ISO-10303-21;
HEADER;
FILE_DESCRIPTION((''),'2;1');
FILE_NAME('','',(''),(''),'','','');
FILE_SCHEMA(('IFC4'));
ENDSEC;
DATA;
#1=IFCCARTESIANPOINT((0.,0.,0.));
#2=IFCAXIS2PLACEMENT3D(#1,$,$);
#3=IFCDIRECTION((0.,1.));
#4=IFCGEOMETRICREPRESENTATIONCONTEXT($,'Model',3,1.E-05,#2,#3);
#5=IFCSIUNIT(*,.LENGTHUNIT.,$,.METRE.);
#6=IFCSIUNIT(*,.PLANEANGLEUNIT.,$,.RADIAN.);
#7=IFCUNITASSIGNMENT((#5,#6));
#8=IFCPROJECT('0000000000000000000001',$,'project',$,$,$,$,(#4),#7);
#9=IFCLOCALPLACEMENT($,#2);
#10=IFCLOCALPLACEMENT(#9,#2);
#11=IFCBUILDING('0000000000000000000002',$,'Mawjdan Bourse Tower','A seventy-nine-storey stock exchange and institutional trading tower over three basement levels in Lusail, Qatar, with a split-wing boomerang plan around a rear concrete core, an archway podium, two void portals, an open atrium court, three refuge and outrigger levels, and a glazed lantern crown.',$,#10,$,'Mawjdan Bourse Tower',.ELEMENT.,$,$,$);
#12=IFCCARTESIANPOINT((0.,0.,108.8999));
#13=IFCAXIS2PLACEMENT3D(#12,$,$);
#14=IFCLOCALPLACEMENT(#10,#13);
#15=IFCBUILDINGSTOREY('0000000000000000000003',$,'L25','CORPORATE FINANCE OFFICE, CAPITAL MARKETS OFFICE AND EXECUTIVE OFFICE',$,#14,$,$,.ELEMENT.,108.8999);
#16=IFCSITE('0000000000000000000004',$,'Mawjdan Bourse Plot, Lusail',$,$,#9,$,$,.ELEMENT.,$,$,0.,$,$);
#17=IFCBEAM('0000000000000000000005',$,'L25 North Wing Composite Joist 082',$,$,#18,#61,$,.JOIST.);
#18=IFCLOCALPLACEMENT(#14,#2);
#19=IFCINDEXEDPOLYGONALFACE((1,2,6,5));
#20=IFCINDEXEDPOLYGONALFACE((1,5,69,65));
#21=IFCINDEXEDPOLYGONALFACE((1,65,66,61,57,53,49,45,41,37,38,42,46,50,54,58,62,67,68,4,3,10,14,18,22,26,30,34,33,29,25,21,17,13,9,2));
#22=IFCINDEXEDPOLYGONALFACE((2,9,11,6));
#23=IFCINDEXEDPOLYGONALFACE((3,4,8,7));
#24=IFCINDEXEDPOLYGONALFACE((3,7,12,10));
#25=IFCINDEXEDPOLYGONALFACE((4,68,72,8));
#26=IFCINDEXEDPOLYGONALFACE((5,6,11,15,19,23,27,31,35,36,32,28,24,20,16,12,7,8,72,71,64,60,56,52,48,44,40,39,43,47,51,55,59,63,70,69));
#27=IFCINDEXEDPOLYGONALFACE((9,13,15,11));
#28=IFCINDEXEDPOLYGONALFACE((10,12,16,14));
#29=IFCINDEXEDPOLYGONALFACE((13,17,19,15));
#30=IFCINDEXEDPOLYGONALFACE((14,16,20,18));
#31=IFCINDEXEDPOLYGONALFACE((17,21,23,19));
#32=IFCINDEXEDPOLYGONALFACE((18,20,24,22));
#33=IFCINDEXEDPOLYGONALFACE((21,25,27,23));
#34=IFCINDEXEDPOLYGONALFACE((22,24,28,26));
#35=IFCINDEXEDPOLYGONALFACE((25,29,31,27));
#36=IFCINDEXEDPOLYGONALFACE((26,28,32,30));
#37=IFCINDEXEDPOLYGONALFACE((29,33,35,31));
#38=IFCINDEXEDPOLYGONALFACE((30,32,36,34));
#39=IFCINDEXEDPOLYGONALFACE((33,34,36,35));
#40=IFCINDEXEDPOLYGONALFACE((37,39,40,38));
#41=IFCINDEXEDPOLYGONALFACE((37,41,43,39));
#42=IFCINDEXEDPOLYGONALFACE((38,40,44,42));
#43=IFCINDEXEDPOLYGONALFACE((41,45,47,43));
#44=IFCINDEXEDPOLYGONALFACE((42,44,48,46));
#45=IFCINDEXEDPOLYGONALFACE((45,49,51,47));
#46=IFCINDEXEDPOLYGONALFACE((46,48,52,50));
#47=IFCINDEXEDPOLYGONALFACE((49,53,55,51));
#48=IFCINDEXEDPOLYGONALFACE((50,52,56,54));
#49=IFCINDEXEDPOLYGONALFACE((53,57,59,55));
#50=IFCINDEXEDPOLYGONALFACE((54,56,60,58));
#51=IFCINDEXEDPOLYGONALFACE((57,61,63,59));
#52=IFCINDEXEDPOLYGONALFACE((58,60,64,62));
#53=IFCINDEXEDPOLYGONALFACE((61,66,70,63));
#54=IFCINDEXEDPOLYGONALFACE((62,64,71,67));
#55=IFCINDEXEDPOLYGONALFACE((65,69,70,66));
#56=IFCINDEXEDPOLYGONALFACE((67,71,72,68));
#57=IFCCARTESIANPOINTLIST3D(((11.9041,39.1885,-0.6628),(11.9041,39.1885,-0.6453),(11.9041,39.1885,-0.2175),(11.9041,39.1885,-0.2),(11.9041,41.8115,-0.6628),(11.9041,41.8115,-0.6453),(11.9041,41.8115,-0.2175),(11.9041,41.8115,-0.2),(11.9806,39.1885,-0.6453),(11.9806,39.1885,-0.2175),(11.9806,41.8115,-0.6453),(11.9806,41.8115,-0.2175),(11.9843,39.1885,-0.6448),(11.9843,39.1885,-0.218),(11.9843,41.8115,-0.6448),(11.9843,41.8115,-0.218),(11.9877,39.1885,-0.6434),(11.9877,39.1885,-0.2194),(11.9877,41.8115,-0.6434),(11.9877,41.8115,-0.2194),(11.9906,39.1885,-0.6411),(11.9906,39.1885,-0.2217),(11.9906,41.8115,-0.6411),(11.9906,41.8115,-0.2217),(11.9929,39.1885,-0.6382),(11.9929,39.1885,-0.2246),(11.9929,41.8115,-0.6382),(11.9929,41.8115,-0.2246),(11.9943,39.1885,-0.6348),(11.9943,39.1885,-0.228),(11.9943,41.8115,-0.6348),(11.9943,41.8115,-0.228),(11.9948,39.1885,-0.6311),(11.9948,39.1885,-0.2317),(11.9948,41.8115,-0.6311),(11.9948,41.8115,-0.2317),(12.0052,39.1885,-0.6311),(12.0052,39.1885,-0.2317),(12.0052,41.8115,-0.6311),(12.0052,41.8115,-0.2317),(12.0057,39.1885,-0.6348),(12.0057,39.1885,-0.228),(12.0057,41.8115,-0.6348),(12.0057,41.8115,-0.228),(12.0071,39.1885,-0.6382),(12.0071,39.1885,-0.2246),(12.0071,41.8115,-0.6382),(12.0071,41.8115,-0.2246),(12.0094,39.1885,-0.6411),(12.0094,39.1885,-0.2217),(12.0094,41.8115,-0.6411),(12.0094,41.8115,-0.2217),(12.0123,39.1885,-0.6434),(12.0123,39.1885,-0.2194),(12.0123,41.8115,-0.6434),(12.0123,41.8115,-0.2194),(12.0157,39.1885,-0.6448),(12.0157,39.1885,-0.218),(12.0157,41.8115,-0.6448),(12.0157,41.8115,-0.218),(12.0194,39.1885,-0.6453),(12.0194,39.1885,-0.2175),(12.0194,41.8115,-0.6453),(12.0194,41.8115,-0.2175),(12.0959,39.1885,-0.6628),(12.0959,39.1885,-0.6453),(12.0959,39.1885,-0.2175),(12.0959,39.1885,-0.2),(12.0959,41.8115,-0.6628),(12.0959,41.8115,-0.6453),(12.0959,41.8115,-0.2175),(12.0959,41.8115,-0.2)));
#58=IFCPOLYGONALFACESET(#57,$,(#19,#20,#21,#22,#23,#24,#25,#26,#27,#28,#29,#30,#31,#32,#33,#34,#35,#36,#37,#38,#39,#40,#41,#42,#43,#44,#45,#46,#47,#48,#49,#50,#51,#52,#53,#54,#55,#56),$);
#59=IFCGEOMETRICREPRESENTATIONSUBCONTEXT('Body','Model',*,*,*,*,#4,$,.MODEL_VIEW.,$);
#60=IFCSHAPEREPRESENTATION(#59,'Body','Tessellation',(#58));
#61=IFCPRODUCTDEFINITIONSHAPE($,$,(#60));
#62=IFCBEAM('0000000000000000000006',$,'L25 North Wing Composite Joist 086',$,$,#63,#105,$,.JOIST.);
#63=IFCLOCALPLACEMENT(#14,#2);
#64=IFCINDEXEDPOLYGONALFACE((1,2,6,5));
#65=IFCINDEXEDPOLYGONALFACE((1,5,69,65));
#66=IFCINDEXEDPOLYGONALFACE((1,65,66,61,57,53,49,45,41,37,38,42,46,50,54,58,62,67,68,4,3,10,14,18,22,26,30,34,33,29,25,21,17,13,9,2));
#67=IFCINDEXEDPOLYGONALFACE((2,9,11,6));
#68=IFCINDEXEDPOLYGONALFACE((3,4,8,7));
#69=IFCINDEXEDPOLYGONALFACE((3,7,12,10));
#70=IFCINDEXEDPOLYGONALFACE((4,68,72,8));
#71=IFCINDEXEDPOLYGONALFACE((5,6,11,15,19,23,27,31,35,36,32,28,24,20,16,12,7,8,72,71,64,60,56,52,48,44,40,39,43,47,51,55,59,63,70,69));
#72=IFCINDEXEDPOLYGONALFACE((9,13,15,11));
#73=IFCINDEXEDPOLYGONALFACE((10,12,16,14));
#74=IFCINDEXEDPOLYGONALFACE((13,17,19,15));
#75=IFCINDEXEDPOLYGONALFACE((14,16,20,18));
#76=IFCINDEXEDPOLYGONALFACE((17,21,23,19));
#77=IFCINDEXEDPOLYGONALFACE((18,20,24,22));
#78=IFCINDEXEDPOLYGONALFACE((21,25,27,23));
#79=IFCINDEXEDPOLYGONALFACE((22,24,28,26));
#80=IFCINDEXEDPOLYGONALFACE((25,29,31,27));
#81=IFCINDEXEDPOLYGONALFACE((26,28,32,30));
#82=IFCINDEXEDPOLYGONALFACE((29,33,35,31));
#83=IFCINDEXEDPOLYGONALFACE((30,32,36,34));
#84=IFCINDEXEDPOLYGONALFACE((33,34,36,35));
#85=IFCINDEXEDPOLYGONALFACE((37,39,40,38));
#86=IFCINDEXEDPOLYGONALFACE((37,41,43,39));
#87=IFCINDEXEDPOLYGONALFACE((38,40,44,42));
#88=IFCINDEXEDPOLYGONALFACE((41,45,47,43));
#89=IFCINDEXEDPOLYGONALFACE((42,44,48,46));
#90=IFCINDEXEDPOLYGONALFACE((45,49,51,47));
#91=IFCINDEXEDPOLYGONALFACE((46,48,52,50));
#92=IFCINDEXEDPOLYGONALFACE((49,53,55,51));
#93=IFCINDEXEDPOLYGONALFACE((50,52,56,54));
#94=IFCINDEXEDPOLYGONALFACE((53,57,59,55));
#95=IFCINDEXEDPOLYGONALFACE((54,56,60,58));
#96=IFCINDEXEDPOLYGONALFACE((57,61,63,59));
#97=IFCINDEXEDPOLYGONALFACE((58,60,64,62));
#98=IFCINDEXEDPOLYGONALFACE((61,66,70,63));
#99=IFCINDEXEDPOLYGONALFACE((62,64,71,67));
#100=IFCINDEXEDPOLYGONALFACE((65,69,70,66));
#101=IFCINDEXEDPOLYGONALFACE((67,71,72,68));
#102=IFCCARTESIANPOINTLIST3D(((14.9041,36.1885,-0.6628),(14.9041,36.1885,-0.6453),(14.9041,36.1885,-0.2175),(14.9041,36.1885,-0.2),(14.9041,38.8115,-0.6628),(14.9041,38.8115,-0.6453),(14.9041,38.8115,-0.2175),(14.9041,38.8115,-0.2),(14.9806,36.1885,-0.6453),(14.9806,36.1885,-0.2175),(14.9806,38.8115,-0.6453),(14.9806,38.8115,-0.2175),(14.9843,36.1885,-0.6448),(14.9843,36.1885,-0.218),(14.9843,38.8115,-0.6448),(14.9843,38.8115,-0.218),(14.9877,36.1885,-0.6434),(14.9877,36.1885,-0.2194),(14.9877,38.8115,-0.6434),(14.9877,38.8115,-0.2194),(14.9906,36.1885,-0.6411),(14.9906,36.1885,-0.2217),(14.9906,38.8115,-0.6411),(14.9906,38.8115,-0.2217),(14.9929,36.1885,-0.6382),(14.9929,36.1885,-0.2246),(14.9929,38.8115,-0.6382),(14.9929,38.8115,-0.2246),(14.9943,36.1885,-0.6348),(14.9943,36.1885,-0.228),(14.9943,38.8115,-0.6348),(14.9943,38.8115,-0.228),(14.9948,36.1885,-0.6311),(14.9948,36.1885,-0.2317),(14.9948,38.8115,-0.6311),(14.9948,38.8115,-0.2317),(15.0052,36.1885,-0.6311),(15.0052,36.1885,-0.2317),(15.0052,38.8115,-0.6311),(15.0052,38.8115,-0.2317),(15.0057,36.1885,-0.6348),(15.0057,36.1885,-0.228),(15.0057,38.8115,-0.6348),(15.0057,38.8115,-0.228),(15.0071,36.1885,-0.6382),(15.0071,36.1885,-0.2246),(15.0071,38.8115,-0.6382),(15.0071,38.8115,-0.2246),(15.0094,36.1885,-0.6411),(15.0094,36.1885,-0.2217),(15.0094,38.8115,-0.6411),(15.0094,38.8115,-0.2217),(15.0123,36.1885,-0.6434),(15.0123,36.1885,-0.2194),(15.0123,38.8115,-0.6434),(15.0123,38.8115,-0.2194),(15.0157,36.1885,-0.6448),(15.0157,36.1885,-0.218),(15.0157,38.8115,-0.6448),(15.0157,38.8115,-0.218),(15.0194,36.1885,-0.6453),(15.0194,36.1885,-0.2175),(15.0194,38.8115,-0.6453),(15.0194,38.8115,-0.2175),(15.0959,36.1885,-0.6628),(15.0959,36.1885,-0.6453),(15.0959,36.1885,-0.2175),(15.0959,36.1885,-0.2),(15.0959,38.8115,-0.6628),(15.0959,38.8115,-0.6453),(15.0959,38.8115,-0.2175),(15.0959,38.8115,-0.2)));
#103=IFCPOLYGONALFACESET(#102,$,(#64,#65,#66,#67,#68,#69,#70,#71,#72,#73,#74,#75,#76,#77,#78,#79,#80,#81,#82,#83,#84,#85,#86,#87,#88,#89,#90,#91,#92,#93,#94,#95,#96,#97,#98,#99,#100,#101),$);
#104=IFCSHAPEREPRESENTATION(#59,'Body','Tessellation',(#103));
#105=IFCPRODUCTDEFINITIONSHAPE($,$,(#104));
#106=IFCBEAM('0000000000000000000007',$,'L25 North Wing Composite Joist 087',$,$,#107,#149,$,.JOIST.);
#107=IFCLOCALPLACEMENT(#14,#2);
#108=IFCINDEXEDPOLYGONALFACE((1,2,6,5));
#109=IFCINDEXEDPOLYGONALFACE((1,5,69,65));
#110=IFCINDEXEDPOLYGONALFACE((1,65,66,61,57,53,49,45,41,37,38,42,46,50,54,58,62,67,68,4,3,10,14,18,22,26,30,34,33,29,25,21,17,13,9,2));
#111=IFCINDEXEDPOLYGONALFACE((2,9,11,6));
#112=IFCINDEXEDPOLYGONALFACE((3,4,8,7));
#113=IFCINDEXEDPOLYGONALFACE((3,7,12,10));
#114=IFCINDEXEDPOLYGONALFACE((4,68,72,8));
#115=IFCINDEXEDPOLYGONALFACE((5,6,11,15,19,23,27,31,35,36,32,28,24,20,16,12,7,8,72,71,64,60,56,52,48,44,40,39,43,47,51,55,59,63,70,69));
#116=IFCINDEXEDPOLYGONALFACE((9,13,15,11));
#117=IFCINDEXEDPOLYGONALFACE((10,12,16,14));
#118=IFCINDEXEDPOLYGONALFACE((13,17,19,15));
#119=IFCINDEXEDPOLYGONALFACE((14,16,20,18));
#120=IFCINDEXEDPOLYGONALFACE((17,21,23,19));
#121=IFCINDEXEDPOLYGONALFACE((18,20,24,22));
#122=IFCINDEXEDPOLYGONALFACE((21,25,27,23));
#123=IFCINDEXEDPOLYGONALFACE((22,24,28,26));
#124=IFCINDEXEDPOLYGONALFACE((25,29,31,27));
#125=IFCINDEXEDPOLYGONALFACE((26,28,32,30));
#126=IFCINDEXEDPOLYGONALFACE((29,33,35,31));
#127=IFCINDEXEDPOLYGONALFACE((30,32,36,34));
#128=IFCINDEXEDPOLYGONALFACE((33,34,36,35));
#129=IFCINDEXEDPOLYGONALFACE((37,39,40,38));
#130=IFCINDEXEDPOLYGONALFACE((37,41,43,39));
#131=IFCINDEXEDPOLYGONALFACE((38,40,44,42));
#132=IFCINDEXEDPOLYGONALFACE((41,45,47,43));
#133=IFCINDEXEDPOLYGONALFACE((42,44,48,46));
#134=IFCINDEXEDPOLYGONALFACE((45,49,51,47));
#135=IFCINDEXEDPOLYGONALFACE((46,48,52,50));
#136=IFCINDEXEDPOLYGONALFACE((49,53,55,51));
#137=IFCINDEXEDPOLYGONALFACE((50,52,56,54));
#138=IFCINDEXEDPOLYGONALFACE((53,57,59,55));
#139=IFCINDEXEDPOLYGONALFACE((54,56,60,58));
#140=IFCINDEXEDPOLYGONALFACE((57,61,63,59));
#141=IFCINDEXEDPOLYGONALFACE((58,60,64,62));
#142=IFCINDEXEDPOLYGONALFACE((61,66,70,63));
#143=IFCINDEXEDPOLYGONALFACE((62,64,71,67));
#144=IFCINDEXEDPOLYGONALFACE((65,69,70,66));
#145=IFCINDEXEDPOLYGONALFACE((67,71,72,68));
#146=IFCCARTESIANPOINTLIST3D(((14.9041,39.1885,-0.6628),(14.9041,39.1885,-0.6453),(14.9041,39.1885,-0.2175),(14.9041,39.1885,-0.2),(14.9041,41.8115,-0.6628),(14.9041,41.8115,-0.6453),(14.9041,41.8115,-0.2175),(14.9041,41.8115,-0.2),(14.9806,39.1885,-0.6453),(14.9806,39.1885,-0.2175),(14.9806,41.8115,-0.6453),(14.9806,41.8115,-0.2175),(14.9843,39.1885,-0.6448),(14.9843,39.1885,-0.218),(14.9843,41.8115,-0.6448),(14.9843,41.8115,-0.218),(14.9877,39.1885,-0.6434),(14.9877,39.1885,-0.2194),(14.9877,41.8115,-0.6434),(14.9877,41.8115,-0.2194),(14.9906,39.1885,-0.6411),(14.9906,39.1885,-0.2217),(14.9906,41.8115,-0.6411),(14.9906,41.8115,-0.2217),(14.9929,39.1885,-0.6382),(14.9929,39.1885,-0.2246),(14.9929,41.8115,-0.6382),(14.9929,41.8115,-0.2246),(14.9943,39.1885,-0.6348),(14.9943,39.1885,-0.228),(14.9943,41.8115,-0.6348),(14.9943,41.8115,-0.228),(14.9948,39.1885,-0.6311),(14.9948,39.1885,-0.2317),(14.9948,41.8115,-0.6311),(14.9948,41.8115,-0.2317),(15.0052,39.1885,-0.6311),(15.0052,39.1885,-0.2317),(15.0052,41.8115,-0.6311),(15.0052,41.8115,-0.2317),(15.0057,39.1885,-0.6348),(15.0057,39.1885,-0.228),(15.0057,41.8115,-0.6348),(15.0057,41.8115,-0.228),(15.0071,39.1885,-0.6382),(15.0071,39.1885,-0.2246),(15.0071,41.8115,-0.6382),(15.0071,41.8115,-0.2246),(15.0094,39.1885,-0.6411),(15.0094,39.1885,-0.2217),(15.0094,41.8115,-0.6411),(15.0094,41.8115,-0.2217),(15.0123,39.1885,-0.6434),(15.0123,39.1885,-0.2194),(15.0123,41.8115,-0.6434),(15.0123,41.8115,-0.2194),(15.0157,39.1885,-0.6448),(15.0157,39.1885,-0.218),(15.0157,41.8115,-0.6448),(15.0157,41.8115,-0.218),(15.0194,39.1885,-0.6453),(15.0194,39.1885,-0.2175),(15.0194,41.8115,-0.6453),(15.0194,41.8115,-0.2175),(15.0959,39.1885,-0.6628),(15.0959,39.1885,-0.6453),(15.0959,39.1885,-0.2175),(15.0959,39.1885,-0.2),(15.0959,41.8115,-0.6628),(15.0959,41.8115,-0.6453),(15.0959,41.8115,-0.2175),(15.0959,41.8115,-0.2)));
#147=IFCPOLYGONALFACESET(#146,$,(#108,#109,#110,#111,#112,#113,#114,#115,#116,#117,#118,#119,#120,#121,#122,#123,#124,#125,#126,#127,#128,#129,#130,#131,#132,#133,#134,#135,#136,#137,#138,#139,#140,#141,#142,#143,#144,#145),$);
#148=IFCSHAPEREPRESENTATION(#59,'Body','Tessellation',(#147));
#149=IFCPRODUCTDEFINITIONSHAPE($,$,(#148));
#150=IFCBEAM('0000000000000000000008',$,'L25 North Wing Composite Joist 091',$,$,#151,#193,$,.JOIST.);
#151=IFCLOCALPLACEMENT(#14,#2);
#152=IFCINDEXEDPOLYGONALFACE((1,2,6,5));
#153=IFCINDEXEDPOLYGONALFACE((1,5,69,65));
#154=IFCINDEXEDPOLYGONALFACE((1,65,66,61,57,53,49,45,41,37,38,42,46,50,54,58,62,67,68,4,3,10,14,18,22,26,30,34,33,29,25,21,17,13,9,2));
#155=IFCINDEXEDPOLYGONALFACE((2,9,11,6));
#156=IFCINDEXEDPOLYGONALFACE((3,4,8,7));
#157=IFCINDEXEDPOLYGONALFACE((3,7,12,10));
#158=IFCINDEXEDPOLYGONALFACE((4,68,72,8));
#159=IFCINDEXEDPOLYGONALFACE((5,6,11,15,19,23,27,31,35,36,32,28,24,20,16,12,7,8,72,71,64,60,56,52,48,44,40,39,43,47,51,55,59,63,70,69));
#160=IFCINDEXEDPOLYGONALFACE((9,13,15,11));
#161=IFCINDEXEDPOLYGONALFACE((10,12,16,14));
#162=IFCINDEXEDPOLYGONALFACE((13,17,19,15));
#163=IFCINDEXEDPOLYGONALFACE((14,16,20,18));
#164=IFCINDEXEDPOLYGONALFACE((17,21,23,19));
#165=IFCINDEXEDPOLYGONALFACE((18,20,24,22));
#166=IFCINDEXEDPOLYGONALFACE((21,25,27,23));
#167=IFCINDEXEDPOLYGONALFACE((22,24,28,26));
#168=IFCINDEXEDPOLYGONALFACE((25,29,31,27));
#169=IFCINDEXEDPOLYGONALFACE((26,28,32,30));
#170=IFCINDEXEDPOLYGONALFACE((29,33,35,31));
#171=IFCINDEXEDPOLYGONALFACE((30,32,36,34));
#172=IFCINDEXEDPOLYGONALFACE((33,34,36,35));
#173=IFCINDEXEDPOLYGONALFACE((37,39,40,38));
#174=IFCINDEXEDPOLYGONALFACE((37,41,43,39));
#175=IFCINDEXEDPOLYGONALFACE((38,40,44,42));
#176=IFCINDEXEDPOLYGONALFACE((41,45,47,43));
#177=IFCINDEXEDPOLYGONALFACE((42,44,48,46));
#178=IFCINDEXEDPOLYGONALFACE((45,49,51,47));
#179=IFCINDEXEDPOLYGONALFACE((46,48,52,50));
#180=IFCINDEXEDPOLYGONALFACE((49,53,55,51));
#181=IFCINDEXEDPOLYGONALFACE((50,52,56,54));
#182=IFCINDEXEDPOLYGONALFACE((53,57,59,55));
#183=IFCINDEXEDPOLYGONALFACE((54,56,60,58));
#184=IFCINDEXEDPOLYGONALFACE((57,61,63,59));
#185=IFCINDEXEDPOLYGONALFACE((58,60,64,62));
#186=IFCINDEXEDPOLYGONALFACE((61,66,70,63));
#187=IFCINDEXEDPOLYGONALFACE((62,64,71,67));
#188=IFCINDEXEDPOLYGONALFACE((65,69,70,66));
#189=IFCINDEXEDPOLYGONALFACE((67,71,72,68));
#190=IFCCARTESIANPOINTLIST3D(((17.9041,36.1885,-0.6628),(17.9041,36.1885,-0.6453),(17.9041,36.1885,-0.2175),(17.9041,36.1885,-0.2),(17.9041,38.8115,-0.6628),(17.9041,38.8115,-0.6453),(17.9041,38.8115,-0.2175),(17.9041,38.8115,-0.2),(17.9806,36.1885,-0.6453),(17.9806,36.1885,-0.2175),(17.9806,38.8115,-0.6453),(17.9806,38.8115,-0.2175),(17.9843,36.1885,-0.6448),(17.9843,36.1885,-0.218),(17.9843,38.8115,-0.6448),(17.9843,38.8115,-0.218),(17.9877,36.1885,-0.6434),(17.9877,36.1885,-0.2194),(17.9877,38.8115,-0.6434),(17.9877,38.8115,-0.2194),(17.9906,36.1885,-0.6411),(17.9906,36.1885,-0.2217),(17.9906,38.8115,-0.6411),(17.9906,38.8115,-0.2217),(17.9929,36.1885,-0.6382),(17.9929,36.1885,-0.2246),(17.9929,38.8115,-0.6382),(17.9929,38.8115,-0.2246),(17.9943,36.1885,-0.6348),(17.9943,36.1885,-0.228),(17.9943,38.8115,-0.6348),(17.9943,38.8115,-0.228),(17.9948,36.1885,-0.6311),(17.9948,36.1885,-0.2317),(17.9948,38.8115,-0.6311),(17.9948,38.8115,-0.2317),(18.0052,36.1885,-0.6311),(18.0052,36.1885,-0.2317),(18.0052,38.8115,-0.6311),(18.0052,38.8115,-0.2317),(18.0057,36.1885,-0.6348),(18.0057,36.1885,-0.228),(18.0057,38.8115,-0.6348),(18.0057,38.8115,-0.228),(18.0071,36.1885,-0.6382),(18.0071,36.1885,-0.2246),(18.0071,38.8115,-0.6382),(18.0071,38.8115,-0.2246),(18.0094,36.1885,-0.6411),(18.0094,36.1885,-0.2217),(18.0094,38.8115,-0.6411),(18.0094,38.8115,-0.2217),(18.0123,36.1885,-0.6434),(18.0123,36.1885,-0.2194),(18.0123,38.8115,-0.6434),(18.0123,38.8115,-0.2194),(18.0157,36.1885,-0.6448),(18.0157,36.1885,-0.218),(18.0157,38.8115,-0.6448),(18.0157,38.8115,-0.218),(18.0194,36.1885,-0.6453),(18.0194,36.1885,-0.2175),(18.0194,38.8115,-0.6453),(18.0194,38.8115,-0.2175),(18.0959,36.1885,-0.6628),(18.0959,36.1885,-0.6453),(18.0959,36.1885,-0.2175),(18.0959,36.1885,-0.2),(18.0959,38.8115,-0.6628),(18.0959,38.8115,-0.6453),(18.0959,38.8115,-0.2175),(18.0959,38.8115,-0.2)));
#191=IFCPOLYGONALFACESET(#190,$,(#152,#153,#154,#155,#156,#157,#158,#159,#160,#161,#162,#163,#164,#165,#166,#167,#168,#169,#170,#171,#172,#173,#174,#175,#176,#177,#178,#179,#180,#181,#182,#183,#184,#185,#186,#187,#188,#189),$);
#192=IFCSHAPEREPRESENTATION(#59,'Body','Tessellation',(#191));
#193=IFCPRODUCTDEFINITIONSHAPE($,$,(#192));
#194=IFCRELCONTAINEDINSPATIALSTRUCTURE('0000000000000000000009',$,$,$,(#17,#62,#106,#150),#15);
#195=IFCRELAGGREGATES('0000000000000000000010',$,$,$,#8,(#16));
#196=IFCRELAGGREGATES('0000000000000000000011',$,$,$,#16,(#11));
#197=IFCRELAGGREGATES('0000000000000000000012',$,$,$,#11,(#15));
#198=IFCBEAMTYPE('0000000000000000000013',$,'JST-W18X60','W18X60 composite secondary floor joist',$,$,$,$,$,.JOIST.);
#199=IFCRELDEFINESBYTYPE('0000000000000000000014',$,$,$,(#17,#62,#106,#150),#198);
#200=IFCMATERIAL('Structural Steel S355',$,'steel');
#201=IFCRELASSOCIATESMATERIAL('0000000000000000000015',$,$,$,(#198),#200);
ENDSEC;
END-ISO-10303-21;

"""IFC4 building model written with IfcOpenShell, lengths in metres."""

from ifc_helpers import new_model, si_unit, direction, frame, origin, origin_2d, place, context, subcontext, project, spatial, i_section, extrude, material, material_profile, profile_set, type_object, element, save


model = new_model("IFC4")

# Units and contexts
model_context = context("Model", 3, precision=1e-05, world=origin(), true_north=direction((0.0, 1.0)))
body_context = subcontext(model_context, "Body", "Model", "MODEL_VIEW")
ifc_project = project(units=[si_unit("LENGTHUNIT", "METRE"), si_unit("PLANEANGLEUNIT", "RADIAN")], contexts=[model_context])

# Site, building, storey
site_placement = place(None, origin())
site = spatial("IfcSite", under=ifc_project, at=site_placement, Name="Mawjdan Bourse Plot, Lusail", CompositionType="ELEMENT", RefElevation=0.0)
building_placement = place(site_placement, origin())
building = spatial("IfcBuilding", under=site, at=building_placement, Name="Mawjdan Bourse Tower", Description="A seventy-nine-storey stock exchange and institutional trading tower over three basement levels in Lusail, Qatar, with a split-wing boomerang plan around a rear concrete core, an archway podium, two void portals, an open atrium court, three refuge and outrigger levels, and a glazed lantern crown.", LongName="Mawjdan Bourse Tower", CompositionType="ELEMENT")
storey_placement = place(building_placement, frame((0.0, 0.0, 108.8999)))
storey = spatial("IfcBuildingStorey", under=building, at=storey_placement, Name="L25", Description="CORPORATE FINANCE OFFICE, CAPITAL MARKETS OFFICE AND EXECUTIVE OFFICE", CompositionType="ELEMENT", Elevation=108.8999)

# Beams
ifc_material_1 = material(Name="Structural Steel S355", Category="steel")
ifc_material_profile_1 = material_profile(ifc_material_1, i_section(OverallWidth=0.1919, OverallDepth=0.4629, WebThickness=0.0105, FlangeThickness=0.0176, FilletRadius=0.0142, at=origin_2d()), Name="W18X60")
ifc_profile_set_1 = profile_set([ifc_material_profile_1], Name="Structural Steel S355")
beam_type_1 = type_object("IfcBeamType", Name="JST-W18X60", Description="W18X60 composite secondary floor joist", PredefinedType="JOIST", material=ifc_profile_set_1)
for number, where, z_axis, x_axis, name in (
    (1, (12.0, 39.1885, -0.4314), (0.0, 1.0, 0.0), (-1.0, 0.0, 0.0), "L25 North Wing Composite Joist 082"),
    (2, (15.0, 36.1885, -0.4314), (0.0, 1.0, 0.0), (-1.0, 0.0, 0.0), "L25 North Wing Composite Joist 086"),
    (3, (15.0, 39.1885, -0.4314), (0.0, 1.0, 0.0), (-1.0, 0.0, 0.0), "L25 North Wing Composite Joist 087"),
    (4, (18.0, 36.1885, -0.4314), (0.0, 1.0, 0.0), (-1.0, 0.0, 0.0), "L25 North Wing Composite Joist 091"),
):
    element("IfcBeam", number, at=place(storey_placement, frame(where, z_axis=z_axis, x_axis=x_axis)), inside=storey, type_object=beam_type_1, Name=name, PredefinedType="JOIST", context=body_context, shape_type="SweptSolid", body=[
        extrude(i_section(OverallWidth=0.1919, OverallDepth=0.4629, WebThickness=0.0105, FlangeThickness=0.0176, FilletRadius=0.0142, at=origin_2d()), origin(), (0.0, 0.0, 1.0), 2.623),
    ])

save(model, "model.ifc")
